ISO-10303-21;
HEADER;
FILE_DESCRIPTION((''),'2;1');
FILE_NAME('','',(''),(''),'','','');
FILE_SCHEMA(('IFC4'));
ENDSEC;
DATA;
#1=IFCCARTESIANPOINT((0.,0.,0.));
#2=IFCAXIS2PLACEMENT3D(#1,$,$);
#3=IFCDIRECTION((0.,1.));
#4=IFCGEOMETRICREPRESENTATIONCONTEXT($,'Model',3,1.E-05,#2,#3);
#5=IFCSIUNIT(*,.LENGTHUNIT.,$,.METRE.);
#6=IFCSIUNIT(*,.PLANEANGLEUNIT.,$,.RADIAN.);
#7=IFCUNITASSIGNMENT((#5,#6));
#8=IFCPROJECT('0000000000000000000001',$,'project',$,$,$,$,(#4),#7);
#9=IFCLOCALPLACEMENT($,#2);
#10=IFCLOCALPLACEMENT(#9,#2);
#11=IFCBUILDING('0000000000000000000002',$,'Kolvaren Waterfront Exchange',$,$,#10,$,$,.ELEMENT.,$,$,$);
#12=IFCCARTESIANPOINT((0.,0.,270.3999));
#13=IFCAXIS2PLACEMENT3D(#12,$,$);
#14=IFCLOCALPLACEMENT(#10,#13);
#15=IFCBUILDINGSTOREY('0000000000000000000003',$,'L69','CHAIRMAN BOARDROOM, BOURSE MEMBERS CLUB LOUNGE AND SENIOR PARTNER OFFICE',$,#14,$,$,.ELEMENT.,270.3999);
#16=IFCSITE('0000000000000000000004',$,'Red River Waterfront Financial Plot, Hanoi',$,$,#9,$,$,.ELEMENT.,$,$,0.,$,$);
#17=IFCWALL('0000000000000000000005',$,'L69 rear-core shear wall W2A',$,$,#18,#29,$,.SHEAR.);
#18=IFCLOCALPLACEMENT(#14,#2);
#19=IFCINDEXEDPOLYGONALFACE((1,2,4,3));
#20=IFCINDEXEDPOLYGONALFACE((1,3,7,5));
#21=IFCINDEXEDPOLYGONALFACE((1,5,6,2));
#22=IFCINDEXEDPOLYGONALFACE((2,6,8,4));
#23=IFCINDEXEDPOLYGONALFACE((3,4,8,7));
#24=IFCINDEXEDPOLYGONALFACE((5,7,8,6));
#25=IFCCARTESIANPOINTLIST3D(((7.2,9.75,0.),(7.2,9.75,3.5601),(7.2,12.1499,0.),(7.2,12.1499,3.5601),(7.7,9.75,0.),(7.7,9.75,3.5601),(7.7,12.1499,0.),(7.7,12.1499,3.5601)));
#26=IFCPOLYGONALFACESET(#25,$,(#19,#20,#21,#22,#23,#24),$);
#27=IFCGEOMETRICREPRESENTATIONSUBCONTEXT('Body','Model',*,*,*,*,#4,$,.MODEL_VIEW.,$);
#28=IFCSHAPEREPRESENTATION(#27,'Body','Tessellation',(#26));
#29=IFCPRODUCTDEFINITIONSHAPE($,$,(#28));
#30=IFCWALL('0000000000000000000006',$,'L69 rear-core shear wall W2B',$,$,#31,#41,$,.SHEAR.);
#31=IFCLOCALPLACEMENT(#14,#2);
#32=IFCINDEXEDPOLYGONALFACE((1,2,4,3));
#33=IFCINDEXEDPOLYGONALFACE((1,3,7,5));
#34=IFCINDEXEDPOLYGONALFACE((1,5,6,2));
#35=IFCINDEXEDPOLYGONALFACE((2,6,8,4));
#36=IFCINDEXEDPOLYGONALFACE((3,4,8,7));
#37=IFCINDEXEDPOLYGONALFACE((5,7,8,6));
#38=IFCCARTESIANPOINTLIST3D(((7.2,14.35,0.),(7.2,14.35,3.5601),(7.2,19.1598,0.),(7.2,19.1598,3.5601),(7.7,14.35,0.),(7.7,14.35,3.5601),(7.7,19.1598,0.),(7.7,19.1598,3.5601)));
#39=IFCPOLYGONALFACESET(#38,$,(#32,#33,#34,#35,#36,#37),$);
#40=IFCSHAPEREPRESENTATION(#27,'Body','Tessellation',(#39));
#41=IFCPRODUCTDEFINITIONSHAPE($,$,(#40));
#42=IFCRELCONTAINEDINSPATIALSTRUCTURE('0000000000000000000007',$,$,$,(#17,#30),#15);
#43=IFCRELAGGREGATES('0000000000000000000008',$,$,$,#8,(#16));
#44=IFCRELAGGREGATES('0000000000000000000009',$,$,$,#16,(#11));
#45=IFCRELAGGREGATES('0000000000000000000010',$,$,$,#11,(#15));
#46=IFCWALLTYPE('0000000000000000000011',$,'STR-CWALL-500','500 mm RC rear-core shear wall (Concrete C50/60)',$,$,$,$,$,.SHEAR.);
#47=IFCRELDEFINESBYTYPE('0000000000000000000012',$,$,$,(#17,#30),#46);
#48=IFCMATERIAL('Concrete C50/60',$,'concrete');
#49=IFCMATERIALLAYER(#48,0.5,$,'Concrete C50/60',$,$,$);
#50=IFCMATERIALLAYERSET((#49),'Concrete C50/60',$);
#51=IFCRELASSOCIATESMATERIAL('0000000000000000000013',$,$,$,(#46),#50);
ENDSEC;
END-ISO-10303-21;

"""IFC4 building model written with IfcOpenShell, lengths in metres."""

from ifc_helpers import new_model, si_unit, direction, frame, frame_2d, origin, place, context, subcontext, project, spatial, rectangle, extrude, material, layer, layer_set, type_object, element, save


model = new_model("IFC4")

# Units and contexts
model_context = context("Model", 3, precision=1e-05, world=origin(), true_north=direction((0.0, 1.0)))
body_context = subcontext(model_context, "Body", "Model", "MODEL_VIEW")
ifc_project = project(units=[si_unit("LENGTHUNIT", "METRE"), si_unit("PLANEANGLEUNIT", "RADIAN")], contexts=[model_context])

# Site, building, storey
site_placement = place(None, origin())
site = spatial("IfcSite", under=ifc_project, at=site_placement, Name="Red River Waterfront Financial Plot, Hanoi", CompositionType="ELEMENT", RefElevation=0.0)
building_placement = place(site_placement, origin())
building = spatial("IfcBuilding", under=site, at=building_placement, Name="Kolvaren Waterfront Exchange", CompositionType="ELEMENT")
storey_placement = place(building_placement, frame((0.0, 0.0, 270.3999)))
storey = spatial("IfcBuildingStorey", under=building, at=storey_placement, Name="L69", Description="CHAIRMAN BOARDROOM, BOURSE MEMBERS CLUB LOUNGE AND SENIOR PARTNER OFFICE", CompositionType="ELEMENT", Elevation=270.3999)

# Walls
ifc_material_1 = material(Name="Concrete C50/60", Category="concrete")
ifc_layer_1 = layer(ifc_material_1, 0.5, Name="Concrete C50/60")
ifc_layer_set_1 = layer_set([ifc_layer_1], Name="Concrete C50/60")
wall_type_1 = type_object("IfcWallType", Name="STR-CWALL-500", Description="500 mm RC rear-core shear wall (Concrete C50/60)", PredefinedType="SHEAR", material=ifc_layer_set_1)
wall_1_placement = place(storey_placement, frame((7.45, 9.75, 0.0), z_axis=(0.0, 0.0, 1.0), x_axis=(0.0, 1.0, 0.0)))
element("IfcWall", 1, at=wall_1_placement, inside=storey, type_object=wall_type_1, Name="L69 rear-core shear wall W2A", PredefinedType="SHEAR", context=body_context, shape_type="SweptSolid", body=[
    extrude(rectangle(XDim=2.3999, YDim=0.5, at=frame_2d((1.2, 0.0))), origin(), (0.0, 0.0, 1.0), 3.5601),
])
wall_2_placement = place(storey_placement, frame((7.45, 14.3501, 0.0), z_axis=(0.0, 0.0, 1.0), x_axis=(0.0, 1.0, 0.0)))
element("IfcWall", 2, at=wall_2_placement, inside=storey, type_object=wall_type_1, Name="L69 rear-core shear wall W2B", PredefinedType="SHEAR", context=body_context, shape_type="SweptSolid", body=[
    extrude(rectangle(XDim=4.8098, YDim=0.5, at=frame_2d((2.4048, 0.0))), origin(), (0.0, 0.0, 1.0), 3.5601),
])

save(model, "model.ifc")
